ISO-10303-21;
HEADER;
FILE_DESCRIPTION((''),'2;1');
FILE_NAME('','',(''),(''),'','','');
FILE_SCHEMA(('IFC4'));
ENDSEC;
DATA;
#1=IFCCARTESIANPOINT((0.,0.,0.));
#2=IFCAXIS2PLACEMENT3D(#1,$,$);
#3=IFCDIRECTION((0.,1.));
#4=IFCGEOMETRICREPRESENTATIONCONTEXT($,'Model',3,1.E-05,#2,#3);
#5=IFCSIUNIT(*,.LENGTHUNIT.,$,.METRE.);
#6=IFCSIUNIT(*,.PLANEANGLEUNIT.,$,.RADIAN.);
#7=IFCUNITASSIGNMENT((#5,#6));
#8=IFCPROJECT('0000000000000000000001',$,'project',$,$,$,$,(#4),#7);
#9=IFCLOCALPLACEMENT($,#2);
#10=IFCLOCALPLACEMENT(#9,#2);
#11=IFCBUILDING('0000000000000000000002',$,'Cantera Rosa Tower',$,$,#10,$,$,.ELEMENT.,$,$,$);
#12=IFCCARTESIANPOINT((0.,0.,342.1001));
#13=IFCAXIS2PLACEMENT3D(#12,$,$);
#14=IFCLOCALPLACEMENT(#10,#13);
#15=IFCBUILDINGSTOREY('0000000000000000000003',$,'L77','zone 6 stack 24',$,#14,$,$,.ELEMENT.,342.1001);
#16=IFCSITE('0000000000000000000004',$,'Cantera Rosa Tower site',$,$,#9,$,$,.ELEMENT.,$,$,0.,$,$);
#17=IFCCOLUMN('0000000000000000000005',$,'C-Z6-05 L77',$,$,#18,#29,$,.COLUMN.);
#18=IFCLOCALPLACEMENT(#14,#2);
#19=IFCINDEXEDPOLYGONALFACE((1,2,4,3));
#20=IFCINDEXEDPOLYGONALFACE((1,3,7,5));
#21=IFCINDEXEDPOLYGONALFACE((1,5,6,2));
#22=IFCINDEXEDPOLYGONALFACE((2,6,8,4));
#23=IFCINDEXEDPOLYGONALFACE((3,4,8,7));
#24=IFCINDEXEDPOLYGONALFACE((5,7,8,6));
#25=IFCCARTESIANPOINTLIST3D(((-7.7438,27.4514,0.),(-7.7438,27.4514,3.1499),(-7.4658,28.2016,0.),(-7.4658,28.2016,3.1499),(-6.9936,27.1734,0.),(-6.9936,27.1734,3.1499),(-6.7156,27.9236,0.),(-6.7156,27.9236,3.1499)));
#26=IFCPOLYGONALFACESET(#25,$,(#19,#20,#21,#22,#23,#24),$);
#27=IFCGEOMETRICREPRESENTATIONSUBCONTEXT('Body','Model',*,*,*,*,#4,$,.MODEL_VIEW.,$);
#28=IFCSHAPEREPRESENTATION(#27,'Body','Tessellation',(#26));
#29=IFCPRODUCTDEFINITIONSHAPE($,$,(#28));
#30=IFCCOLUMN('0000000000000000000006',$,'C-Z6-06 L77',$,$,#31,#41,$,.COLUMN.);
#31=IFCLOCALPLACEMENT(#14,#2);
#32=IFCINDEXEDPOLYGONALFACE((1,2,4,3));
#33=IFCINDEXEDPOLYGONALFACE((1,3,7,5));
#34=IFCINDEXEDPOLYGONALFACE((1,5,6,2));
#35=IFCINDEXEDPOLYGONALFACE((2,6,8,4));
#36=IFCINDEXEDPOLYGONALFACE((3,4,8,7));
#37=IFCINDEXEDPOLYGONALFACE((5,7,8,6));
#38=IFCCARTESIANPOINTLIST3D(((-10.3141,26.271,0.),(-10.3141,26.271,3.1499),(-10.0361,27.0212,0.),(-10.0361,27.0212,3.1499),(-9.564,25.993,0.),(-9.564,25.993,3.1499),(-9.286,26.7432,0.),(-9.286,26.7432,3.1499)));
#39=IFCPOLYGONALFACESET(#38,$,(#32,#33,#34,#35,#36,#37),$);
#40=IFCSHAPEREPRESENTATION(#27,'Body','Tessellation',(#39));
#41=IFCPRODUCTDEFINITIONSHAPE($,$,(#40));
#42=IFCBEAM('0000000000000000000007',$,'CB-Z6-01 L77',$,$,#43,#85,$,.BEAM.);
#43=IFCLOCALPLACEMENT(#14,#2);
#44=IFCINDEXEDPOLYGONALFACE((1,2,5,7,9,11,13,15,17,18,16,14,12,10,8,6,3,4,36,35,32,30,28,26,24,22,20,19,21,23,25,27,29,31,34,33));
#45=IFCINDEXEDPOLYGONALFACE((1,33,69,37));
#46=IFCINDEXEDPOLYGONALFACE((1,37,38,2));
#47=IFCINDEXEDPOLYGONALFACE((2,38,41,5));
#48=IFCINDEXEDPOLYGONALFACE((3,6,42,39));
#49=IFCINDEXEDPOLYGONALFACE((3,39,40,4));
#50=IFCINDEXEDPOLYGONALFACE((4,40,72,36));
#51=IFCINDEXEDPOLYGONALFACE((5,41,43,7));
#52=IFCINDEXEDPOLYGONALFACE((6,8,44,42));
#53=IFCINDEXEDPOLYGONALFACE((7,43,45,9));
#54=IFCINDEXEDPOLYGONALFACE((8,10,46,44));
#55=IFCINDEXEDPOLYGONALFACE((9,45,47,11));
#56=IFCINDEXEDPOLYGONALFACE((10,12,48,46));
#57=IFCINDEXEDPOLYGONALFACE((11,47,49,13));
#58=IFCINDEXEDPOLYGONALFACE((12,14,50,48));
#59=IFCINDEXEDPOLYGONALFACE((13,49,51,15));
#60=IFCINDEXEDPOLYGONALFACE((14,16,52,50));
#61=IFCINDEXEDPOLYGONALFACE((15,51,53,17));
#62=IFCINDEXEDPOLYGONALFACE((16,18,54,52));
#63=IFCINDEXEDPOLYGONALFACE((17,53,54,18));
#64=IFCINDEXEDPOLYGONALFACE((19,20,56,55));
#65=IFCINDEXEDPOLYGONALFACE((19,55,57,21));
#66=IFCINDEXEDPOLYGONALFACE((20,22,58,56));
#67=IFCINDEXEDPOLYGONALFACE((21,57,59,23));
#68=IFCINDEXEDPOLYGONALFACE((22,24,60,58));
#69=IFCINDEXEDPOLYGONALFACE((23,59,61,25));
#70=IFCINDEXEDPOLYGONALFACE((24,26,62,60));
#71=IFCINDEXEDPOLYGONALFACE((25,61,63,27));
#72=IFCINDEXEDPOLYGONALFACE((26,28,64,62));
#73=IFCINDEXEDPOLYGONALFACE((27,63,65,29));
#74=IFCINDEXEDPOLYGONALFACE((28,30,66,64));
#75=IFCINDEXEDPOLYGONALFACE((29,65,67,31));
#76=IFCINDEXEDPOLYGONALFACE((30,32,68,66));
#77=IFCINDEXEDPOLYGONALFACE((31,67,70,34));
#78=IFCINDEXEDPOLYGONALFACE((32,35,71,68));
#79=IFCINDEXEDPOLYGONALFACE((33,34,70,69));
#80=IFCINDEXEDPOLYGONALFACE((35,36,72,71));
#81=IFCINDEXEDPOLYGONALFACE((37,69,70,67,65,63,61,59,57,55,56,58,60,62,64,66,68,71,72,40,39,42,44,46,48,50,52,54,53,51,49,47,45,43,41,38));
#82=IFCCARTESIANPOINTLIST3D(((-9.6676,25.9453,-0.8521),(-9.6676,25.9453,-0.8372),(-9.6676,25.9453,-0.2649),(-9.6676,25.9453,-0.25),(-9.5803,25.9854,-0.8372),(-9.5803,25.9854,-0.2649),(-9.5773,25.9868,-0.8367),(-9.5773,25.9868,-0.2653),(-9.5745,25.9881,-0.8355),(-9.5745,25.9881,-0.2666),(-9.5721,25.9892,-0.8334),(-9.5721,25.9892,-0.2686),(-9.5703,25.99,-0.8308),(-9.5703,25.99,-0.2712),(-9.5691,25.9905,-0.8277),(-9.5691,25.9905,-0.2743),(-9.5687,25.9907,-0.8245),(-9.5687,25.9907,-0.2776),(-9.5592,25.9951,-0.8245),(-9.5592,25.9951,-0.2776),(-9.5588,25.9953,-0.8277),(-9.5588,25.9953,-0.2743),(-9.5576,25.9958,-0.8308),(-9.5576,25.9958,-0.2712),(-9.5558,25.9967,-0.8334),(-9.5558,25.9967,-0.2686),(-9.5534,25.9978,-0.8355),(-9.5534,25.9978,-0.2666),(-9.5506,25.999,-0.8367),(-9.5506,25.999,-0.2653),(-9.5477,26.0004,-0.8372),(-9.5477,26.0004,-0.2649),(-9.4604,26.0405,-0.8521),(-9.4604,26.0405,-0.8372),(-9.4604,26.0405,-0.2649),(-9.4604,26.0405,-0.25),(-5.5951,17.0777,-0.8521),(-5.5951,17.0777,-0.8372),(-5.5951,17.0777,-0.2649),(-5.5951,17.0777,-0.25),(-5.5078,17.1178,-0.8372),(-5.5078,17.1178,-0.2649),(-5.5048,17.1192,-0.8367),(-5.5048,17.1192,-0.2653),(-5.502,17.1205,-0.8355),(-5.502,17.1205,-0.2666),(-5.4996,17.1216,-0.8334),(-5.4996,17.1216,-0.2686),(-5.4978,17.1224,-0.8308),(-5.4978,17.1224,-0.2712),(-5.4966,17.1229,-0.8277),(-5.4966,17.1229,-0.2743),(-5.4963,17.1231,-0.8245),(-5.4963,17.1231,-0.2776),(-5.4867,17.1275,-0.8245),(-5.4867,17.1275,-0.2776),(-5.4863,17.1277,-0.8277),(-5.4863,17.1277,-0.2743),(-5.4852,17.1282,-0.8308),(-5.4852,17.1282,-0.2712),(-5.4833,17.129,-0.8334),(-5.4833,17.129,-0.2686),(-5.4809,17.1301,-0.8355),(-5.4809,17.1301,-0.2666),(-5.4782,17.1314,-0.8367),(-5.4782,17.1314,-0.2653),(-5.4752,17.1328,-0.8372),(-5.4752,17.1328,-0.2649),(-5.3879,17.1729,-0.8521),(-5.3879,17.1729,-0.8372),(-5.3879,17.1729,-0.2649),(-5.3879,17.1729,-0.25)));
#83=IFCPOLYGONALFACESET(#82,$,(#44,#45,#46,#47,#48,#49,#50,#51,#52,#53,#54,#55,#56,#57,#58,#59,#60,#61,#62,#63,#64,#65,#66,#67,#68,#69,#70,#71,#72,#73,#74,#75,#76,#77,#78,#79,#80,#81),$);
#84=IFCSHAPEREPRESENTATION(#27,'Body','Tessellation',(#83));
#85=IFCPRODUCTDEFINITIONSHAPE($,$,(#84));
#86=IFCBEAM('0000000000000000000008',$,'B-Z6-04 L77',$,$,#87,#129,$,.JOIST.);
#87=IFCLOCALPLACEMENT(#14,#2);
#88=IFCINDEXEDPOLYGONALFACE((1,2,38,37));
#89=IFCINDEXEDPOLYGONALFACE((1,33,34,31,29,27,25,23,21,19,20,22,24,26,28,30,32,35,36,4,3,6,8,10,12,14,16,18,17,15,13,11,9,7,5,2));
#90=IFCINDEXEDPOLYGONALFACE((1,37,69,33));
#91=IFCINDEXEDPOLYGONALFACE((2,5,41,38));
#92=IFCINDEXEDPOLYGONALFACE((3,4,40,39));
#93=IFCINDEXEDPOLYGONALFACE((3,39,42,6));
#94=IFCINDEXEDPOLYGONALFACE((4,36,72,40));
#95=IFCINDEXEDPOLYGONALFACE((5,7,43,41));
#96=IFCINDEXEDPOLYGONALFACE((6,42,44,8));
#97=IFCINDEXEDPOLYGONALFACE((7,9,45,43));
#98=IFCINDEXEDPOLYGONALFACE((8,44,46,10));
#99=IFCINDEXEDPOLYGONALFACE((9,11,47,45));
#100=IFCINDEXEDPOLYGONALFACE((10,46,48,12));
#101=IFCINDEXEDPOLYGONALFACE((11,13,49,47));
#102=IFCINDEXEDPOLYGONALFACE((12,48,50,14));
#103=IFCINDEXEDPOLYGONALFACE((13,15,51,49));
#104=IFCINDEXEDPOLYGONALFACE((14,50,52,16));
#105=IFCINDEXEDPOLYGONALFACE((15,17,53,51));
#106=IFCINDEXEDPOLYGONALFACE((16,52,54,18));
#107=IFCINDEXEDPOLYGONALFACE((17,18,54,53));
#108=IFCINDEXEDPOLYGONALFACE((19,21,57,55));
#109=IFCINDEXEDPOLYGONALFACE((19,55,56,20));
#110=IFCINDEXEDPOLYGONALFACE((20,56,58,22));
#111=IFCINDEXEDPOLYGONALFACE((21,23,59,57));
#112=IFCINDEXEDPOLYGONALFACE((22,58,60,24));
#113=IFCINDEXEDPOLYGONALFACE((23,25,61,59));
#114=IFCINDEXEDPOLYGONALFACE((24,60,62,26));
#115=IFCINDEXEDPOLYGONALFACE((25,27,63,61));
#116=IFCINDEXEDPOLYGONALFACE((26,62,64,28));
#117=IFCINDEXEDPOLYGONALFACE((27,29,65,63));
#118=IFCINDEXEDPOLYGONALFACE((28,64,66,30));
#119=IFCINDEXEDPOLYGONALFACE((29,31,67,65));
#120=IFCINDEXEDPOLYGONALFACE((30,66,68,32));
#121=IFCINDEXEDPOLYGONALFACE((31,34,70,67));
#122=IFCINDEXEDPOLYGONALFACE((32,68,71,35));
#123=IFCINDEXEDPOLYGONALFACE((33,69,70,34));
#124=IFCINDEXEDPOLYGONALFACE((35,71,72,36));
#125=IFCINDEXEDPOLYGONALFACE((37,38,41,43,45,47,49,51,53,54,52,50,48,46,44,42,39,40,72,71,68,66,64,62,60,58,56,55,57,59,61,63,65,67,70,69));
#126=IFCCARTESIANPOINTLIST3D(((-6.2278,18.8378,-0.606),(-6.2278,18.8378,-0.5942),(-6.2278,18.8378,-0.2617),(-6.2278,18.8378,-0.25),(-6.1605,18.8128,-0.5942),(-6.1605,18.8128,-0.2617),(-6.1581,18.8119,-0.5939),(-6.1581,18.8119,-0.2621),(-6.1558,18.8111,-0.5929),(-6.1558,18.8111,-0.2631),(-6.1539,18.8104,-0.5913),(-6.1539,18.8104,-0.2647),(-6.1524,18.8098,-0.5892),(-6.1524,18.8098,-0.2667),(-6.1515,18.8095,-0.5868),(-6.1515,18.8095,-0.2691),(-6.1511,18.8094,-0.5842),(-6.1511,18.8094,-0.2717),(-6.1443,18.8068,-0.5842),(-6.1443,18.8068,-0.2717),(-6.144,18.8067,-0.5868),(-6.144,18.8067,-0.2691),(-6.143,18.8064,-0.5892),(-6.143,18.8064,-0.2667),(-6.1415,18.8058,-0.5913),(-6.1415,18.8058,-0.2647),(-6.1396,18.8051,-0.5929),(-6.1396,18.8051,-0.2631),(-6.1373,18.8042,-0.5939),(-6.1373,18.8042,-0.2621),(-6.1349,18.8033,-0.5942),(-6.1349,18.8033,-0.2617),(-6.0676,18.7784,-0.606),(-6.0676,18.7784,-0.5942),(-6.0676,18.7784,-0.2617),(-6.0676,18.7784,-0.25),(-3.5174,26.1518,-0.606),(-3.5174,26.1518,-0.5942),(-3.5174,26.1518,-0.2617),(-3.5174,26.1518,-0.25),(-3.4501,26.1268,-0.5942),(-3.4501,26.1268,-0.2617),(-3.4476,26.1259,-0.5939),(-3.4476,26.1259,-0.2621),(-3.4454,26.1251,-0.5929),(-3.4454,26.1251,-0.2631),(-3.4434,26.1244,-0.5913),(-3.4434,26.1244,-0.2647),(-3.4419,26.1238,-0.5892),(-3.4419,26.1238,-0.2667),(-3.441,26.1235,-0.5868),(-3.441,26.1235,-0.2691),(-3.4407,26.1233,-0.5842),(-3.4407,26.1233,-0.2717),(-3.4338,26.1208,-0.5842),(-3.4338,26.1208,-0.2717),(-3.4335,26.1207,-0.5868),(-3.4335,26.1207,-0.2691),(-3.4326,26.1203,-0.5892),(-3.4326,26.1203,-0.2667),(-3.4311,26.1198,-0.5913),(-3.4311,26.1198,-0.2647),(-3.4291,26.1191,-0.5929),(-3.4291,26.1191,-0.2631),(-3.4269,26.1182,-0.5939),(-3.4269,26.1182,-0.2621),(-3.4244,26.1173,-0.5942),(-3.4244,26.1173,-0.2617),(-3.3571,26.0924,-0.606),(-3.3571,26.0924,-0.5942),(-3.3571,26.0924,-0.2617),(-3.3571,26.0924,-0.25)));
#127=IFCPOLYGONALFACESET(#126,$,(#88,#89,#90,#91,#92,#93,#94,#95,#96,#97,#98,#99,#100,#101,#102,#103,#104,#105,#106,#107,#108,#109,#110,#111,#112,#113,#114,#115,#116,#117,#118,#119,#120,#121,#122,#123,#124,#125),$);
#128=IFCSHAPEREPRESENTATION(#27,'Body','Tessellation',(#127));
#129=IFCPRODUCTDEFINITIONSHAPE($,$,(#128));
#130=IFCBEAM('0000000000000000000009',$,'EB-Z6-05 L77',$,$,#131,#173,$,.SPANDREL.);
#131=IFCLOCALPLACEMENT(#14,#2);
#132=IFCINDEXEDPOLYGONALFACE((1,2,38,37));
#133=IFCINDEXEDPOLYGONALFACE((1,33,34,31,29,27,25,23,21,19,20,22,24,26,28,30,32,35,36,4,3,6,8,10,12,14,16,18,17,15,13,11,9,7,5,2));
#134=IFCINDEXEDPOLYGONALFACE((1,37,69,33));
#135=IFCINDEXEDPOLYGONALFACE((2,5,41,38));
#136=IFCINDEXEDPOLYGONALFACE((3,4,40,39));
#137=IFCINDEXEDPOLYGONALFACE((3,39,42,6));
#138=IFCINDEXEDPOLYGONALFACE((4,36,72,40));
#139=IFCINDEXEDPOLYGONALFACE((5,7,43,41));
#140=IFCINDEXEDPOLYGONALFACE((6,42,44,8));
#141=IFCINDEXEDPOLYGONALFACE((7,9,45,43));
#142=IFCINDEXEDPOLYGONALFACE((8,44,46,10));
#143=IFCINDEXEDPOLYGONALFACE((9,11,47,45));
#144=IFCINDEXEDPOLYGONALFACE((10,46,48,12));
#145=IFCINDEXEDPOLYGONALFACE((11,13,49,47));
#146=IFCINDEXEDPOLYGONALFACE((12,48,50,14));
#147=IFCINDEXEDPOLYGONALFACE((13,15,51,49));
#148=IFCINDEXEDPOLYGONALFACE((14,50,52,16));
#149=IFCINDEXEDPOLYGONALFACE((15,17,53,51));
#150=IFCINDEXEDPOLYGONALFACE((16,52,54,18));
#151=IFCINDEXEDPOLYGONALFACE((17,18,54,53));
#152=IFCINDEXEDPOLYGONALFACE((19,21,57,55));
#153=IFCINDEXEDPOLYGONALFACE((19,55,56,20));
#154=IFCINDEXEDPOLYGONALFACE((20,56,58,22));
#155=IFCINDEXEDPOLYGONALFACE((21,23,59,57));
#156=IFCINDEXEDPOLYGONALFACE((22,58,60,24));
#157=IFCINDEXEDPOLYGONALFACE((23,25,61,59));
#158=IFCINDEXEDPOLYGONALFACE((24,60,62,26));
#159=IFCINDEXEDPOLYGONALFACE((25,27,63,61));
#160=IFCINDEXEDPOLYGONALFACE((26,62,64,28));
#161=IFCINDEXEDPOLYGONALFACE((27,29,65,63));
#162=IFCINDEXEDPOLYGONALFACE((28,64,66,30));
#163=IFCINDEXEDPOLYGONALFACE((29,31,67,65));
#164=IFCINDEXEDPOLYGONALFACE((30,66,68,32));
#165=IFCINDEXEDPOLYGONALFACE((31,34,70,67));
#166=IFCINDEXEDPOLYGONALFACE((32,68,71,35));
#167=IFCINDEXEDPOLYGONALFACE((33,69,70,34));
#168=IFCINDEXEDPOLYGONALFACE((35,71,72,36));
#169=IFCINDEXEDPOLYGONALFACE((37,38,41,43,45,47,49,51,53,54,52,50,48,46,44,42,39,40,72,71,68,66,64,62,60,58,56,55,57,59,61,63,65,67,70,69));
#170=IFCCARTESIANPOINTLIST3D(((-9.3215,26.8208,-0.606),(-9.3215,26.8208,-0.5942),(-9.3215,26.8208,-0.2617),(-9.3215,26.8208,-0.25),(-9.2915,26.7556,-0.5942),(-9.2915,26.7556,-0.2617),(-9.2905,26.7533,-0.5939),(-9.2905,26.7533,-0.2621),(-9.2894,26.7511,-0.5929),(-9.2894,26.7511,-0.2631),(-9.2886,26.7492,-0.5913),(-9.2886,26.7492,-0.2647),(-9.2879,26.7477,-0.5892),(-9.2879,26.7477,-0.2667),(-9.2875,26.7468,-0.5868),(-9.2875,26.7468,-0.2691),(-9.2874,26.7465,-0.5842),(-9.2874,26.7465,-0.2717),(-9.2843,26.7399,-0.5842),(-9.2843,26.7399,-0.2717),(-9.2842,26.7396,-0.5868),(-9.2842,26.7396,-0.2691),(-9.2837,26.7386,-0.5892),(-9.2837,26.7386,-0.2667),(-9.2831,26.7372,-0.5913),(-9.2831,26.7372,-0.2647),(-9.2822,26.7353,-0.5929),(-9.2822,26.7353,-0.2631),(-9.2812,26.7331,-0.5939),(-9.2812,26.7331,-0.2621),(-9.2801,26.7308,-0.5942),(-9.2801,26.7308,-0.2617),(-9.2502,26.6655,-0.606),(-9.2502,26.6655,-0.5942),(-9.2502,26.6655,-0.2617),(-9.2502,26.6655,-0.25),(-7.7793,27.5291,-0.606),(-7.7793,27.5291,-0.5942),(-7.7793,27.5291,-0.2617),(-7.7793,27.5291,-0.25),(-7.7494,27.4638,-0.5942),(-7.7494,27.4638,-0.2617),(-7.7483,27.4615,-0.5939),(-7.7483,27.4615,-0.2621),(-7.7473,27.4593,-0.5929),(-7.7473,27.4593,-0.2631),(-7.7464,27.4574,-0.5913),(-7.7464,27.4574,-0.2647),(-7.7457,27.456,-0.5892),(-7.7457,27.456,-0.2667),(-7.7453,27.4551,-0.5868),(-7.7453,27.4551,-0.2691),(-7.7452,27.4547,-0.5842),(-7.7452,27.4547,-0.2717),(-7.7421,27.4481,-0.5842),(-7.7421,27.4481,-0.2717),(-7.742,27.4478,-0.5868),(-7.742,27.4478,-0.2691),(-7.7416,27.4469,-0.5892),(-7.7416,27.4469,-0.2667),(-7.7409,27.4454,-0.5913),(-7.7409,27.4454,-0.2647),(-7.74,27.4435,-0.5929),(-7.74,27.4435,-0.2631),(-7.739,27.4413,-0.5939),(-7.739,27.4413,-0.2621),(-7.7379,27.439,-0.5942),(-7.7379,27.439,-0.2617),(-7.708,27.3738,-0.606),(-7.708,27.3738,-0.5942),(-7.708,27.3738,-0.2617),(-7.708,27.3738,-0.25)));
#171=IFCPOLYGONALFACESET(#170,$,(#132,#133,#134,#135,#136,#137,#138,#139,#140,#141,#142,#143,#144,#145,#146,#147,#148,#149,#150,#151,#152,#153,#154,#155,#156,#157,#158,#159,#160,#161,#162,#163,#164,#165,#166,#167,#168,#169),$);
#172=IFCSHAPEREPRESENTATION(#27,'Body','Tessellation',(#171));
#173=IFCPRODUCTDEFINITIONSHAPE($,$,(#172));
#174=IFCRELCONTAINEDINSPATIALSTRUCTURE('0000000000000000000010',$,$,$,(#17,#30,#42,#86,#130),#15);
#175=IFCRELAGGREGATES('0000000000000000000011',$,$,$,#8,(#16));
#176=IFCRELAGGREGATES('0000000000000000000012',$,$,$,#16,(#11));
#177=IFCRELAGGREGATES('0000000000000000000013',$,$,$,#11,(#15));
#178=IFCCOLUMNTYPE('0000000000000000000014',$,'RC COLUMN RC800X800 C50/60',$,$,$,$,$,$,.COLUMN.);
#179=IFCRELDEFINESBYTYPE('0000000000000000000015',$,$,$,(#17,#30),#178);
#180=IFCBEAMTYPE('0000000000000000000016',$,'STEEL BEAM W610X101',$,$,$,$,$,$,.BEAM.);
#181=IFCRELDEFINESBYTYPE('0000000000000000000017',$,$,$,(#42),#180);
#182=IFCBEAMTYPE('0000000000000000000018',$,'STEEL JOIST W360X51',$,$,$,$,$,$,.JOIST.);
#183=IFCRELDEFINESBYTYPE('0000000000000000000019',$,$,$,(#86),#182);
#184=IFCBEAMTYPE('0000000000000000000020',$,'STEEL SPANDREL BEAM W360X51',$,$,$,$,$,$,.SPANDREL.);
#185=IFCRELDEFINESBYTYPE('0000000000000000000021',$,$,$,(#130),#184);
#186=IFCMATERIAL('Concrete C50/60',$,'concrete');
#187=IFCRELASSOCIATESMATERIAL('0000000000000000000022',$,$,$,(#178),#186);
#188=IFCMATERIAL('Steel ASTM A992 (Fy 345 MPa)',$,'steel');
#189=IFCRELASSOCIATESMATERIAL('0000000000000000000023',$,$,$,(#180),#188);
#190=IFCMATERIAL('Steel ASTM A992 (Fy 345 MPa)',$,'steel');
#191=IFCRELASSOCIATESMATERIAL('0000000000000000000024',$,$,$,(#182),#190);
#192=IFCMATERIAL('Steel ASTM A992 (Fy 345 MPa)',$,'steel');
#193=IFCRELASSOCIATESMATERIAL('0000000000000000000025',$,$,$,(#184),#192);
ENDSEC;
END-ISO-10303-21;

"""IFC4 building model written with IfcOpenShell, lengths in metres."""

from ifc_helpers import new_model, si_unit, direction, frame, origin, origin_2d, place, context, subcontext, project, spatial, rectangle, i_section, extrude, material, material_profile, profile_set, type_object, element, save


model = new_model("IFC4")

# Units and contexts
model_context = context("Model", 3, precision=1e-05, world=origin(), true_north=direction((0.0, 1.0)))
body_context = subcontext(model_context, "Body", "Model", "MODEL_VIEW")
ifc_project = project(units=[si_unit("LENGTHUNIT", "METRE"), si_unit("PLANEANGLEUNIT", "RADIAN")], contexts=[model_context])

# Site, building, storey
site_placement = place(None, origin())
site = spatial("IfcSite", under=ifc_project, at=site_placement, Name="Cantera Rosa Tower site", CompositionType="ELEMENT", RefElevation=0.0)
building_placement = place(site_placement, origin())
building = spatial("IfcBuilding", under=site, at=building_placement, Name="Cantera Rosa Tower", CompositionType="ELEMENT")
storey_placement = place(building_placement, frame((0.0, 0.0, 342.1001)))
storey = spatial("IfcBuildingStorey", under=building, at=storey_placement, Name="L77", Description="zone 6 stack 24", CompositionType="ELEMENT", Elevation=342.1001)

# Columns
ifc_material_1 = material(Name="Concrete C50/60", Category="concrete")
ifc_material_profile_1 = material_profile(ifc_material_1, rectangle(XDim=0.8, YDim=0.8, at=origin_2d()), Name="RC COLUMN RC800X800 C50/60")
ifc_profile_set_1 = profile_set([ifc_material_profile_1], Name="Concrete C50/60")
column_type = type_object("IfcColumnType", Name="RC COLUMN RC800X800 C50/60", PredefinedType="COLUMN", material=ifc_profile_set_1)
for number, where, z_axis, x_axis, name in (
    (1, (-7.2297, 27.6875, 0.0), (0.0, 0.0, 1.0), (0.347481, 0.937687, 0.0), "C-Z6-05 L77"),
    (2, (-9.8, 26.5071, 0.0), (0.0, 0.0, 1.0), (0.347481, 0.937687, 0.0), "C-Z6-06 L77"),
):
    element("IfcColumn", number, at=place(storey_placement, frame(where, z_axis=z_axis, x_axis=x_axis)), inside=storey, type_object=column_type, Name=name, PredefinedType="COLUMN", context=body_context, shape_type="SweptSolid", body=[
        extrude(rectangle(XDim=0.8, YDim=0.8, at=origin_2d()), origin(), (0.0, 0.0, 1.0), 3.1499),
    ])

# Beams
ifc_material_2 = material(Name="Steel ASTM A992 (Fy 345 MPa)", Category="steel")
ifc_material_profile_2 = material_profile(ifc_material_2, i_section(OverallWidth=0.228, OverallDepth=0.6021, WebThickness=0.0105, FlangeThickness=0.0149, FilletRadius=0.0127, at=origin_2d()), Name="W610X101")
ifc_profile_set_2 = profile_set([ifc_material_profile_2], Name="Steel ASTM A992 (Fy 345 MPa)")
beam_type_1 = type_object("IfcBeamType", Name="STEEL BEAM W610X101", PredefinedType="BEAM", material=ifc_profile_set_2)
beam_1_placement = place(storey_placement, frame((-9.564, 25.9929, -0.551), z_axis=(0.417346, -0.908748, 0.0), x_axis=(0.908748, 0.417346, 0.0)))
element("IfcBeam", 3, at=beam_1_placement, inside=storey, type_object=beam_type_1, Name="CB-Z6-01 L77", PredefinedType="BEAM", context=body_context, shape_type="SweptSolid", body=[
    extrude(i_section(OverallWidth=0.228, OverallDepth=0.6021, WebThickness=0.0105, FlangeThickness=0.0149, FilletRadius=0.0127, at=origin_2d()), origin(), (0.0, 0.0, 1.0), 9.7581),
])
ifc_material_3 = material(Name="Steel ASTM A992 (Fy 345 MPa)", Category="steel")
ifc_material_profile_3 = material_profile(ifc_material_3, i_section(OverallWidth=0.1709, OverallDepth=0.356, WebThickness=0.0073, FlangeThickness=0.0117, FilletRadius=0.01, at=origin_2d()), Name="W360X51")
ifc_profile_set_3 = profile_set([ifc_material_profile_3], Name="Steel ASTM A992 (Fy 345 MPa)")
beam_type_2 = type_object("IfcBeamType", Name="STEEL JOIST W360X51", PredefinedType="JOIST", material=ifc_profile_set_3)
beam_2_placement = place(storey_placement, frame((-3.4373, 26.1221, -0.428), z_axis=(-0.347492, -0.937683, 0.0), x_axis=(0.937683, -0.347492, 0.0)))
element("IfcBeam", 4, at=beam_2_placement, inside=storey, type_object=beam_type_2, Name="B-Z6-04 L77", PredefinedType="JOIST", context=body_context, shape_type="SweptSolid", body=[
    extrude(i_section(OverallWidth=0.1709, OverallDepth=0.356, WebThickness=0.0073, FlangeThickness=0.0117, FilletRadius=0.01, at=origin_2d()), origin(), (0.0, 0.0, 1.0), 7.8),
])
ifc_material_4 = material(Name="Steel ASTM A992 (Fy 345 MPa)", Category="steel")
ifc_material_profile_4 = material_profile(ifc_material_4, i_section(OverallWidth=0.1709, OverallDepth=0.356, WebThickness=0.0073, FlangeThickness=0.0117, FilletRadius=0.01, at=origin_2d()), Name="W360X51")
ifc_profile_set_4 = profile_set([ifc_material_profile_4], Name="Steel ASTM A992 (Fy 345 MPa)")
beam_type_3 = type_object("IfcBeamType", Name="STEEL SPANDREL BEAM W360X51", PredefinedType="SPANDREL", material=ifc_profile_set_4)
beam_3_placement = place(storey_placement, frame((-7.7437, 27.4514, -0.428), z_axis=(-0.908754, -0.417333, 0.0), x_axis=(0.417333, -0.908754, 0.0)))
element("IfcBeam", 5, at=beam_3_placement, inside=storey, type_object=beam_type_3, Name="EB-Z6-05 L77", PredefinedType="SPANDREL", context=body_context, shape_type="SweptSolid", body=[
    extrude(i_section(OverallWidth=0.1709, OverallDepth=0.356, WebThickness=0.0073, FlangeThickness=0.0117, FilletRadius=0.01, at=origin_2d()), origin(), (0.0, 0.0, 1.0), 1.697),
])

save(model, "model.ifc")
